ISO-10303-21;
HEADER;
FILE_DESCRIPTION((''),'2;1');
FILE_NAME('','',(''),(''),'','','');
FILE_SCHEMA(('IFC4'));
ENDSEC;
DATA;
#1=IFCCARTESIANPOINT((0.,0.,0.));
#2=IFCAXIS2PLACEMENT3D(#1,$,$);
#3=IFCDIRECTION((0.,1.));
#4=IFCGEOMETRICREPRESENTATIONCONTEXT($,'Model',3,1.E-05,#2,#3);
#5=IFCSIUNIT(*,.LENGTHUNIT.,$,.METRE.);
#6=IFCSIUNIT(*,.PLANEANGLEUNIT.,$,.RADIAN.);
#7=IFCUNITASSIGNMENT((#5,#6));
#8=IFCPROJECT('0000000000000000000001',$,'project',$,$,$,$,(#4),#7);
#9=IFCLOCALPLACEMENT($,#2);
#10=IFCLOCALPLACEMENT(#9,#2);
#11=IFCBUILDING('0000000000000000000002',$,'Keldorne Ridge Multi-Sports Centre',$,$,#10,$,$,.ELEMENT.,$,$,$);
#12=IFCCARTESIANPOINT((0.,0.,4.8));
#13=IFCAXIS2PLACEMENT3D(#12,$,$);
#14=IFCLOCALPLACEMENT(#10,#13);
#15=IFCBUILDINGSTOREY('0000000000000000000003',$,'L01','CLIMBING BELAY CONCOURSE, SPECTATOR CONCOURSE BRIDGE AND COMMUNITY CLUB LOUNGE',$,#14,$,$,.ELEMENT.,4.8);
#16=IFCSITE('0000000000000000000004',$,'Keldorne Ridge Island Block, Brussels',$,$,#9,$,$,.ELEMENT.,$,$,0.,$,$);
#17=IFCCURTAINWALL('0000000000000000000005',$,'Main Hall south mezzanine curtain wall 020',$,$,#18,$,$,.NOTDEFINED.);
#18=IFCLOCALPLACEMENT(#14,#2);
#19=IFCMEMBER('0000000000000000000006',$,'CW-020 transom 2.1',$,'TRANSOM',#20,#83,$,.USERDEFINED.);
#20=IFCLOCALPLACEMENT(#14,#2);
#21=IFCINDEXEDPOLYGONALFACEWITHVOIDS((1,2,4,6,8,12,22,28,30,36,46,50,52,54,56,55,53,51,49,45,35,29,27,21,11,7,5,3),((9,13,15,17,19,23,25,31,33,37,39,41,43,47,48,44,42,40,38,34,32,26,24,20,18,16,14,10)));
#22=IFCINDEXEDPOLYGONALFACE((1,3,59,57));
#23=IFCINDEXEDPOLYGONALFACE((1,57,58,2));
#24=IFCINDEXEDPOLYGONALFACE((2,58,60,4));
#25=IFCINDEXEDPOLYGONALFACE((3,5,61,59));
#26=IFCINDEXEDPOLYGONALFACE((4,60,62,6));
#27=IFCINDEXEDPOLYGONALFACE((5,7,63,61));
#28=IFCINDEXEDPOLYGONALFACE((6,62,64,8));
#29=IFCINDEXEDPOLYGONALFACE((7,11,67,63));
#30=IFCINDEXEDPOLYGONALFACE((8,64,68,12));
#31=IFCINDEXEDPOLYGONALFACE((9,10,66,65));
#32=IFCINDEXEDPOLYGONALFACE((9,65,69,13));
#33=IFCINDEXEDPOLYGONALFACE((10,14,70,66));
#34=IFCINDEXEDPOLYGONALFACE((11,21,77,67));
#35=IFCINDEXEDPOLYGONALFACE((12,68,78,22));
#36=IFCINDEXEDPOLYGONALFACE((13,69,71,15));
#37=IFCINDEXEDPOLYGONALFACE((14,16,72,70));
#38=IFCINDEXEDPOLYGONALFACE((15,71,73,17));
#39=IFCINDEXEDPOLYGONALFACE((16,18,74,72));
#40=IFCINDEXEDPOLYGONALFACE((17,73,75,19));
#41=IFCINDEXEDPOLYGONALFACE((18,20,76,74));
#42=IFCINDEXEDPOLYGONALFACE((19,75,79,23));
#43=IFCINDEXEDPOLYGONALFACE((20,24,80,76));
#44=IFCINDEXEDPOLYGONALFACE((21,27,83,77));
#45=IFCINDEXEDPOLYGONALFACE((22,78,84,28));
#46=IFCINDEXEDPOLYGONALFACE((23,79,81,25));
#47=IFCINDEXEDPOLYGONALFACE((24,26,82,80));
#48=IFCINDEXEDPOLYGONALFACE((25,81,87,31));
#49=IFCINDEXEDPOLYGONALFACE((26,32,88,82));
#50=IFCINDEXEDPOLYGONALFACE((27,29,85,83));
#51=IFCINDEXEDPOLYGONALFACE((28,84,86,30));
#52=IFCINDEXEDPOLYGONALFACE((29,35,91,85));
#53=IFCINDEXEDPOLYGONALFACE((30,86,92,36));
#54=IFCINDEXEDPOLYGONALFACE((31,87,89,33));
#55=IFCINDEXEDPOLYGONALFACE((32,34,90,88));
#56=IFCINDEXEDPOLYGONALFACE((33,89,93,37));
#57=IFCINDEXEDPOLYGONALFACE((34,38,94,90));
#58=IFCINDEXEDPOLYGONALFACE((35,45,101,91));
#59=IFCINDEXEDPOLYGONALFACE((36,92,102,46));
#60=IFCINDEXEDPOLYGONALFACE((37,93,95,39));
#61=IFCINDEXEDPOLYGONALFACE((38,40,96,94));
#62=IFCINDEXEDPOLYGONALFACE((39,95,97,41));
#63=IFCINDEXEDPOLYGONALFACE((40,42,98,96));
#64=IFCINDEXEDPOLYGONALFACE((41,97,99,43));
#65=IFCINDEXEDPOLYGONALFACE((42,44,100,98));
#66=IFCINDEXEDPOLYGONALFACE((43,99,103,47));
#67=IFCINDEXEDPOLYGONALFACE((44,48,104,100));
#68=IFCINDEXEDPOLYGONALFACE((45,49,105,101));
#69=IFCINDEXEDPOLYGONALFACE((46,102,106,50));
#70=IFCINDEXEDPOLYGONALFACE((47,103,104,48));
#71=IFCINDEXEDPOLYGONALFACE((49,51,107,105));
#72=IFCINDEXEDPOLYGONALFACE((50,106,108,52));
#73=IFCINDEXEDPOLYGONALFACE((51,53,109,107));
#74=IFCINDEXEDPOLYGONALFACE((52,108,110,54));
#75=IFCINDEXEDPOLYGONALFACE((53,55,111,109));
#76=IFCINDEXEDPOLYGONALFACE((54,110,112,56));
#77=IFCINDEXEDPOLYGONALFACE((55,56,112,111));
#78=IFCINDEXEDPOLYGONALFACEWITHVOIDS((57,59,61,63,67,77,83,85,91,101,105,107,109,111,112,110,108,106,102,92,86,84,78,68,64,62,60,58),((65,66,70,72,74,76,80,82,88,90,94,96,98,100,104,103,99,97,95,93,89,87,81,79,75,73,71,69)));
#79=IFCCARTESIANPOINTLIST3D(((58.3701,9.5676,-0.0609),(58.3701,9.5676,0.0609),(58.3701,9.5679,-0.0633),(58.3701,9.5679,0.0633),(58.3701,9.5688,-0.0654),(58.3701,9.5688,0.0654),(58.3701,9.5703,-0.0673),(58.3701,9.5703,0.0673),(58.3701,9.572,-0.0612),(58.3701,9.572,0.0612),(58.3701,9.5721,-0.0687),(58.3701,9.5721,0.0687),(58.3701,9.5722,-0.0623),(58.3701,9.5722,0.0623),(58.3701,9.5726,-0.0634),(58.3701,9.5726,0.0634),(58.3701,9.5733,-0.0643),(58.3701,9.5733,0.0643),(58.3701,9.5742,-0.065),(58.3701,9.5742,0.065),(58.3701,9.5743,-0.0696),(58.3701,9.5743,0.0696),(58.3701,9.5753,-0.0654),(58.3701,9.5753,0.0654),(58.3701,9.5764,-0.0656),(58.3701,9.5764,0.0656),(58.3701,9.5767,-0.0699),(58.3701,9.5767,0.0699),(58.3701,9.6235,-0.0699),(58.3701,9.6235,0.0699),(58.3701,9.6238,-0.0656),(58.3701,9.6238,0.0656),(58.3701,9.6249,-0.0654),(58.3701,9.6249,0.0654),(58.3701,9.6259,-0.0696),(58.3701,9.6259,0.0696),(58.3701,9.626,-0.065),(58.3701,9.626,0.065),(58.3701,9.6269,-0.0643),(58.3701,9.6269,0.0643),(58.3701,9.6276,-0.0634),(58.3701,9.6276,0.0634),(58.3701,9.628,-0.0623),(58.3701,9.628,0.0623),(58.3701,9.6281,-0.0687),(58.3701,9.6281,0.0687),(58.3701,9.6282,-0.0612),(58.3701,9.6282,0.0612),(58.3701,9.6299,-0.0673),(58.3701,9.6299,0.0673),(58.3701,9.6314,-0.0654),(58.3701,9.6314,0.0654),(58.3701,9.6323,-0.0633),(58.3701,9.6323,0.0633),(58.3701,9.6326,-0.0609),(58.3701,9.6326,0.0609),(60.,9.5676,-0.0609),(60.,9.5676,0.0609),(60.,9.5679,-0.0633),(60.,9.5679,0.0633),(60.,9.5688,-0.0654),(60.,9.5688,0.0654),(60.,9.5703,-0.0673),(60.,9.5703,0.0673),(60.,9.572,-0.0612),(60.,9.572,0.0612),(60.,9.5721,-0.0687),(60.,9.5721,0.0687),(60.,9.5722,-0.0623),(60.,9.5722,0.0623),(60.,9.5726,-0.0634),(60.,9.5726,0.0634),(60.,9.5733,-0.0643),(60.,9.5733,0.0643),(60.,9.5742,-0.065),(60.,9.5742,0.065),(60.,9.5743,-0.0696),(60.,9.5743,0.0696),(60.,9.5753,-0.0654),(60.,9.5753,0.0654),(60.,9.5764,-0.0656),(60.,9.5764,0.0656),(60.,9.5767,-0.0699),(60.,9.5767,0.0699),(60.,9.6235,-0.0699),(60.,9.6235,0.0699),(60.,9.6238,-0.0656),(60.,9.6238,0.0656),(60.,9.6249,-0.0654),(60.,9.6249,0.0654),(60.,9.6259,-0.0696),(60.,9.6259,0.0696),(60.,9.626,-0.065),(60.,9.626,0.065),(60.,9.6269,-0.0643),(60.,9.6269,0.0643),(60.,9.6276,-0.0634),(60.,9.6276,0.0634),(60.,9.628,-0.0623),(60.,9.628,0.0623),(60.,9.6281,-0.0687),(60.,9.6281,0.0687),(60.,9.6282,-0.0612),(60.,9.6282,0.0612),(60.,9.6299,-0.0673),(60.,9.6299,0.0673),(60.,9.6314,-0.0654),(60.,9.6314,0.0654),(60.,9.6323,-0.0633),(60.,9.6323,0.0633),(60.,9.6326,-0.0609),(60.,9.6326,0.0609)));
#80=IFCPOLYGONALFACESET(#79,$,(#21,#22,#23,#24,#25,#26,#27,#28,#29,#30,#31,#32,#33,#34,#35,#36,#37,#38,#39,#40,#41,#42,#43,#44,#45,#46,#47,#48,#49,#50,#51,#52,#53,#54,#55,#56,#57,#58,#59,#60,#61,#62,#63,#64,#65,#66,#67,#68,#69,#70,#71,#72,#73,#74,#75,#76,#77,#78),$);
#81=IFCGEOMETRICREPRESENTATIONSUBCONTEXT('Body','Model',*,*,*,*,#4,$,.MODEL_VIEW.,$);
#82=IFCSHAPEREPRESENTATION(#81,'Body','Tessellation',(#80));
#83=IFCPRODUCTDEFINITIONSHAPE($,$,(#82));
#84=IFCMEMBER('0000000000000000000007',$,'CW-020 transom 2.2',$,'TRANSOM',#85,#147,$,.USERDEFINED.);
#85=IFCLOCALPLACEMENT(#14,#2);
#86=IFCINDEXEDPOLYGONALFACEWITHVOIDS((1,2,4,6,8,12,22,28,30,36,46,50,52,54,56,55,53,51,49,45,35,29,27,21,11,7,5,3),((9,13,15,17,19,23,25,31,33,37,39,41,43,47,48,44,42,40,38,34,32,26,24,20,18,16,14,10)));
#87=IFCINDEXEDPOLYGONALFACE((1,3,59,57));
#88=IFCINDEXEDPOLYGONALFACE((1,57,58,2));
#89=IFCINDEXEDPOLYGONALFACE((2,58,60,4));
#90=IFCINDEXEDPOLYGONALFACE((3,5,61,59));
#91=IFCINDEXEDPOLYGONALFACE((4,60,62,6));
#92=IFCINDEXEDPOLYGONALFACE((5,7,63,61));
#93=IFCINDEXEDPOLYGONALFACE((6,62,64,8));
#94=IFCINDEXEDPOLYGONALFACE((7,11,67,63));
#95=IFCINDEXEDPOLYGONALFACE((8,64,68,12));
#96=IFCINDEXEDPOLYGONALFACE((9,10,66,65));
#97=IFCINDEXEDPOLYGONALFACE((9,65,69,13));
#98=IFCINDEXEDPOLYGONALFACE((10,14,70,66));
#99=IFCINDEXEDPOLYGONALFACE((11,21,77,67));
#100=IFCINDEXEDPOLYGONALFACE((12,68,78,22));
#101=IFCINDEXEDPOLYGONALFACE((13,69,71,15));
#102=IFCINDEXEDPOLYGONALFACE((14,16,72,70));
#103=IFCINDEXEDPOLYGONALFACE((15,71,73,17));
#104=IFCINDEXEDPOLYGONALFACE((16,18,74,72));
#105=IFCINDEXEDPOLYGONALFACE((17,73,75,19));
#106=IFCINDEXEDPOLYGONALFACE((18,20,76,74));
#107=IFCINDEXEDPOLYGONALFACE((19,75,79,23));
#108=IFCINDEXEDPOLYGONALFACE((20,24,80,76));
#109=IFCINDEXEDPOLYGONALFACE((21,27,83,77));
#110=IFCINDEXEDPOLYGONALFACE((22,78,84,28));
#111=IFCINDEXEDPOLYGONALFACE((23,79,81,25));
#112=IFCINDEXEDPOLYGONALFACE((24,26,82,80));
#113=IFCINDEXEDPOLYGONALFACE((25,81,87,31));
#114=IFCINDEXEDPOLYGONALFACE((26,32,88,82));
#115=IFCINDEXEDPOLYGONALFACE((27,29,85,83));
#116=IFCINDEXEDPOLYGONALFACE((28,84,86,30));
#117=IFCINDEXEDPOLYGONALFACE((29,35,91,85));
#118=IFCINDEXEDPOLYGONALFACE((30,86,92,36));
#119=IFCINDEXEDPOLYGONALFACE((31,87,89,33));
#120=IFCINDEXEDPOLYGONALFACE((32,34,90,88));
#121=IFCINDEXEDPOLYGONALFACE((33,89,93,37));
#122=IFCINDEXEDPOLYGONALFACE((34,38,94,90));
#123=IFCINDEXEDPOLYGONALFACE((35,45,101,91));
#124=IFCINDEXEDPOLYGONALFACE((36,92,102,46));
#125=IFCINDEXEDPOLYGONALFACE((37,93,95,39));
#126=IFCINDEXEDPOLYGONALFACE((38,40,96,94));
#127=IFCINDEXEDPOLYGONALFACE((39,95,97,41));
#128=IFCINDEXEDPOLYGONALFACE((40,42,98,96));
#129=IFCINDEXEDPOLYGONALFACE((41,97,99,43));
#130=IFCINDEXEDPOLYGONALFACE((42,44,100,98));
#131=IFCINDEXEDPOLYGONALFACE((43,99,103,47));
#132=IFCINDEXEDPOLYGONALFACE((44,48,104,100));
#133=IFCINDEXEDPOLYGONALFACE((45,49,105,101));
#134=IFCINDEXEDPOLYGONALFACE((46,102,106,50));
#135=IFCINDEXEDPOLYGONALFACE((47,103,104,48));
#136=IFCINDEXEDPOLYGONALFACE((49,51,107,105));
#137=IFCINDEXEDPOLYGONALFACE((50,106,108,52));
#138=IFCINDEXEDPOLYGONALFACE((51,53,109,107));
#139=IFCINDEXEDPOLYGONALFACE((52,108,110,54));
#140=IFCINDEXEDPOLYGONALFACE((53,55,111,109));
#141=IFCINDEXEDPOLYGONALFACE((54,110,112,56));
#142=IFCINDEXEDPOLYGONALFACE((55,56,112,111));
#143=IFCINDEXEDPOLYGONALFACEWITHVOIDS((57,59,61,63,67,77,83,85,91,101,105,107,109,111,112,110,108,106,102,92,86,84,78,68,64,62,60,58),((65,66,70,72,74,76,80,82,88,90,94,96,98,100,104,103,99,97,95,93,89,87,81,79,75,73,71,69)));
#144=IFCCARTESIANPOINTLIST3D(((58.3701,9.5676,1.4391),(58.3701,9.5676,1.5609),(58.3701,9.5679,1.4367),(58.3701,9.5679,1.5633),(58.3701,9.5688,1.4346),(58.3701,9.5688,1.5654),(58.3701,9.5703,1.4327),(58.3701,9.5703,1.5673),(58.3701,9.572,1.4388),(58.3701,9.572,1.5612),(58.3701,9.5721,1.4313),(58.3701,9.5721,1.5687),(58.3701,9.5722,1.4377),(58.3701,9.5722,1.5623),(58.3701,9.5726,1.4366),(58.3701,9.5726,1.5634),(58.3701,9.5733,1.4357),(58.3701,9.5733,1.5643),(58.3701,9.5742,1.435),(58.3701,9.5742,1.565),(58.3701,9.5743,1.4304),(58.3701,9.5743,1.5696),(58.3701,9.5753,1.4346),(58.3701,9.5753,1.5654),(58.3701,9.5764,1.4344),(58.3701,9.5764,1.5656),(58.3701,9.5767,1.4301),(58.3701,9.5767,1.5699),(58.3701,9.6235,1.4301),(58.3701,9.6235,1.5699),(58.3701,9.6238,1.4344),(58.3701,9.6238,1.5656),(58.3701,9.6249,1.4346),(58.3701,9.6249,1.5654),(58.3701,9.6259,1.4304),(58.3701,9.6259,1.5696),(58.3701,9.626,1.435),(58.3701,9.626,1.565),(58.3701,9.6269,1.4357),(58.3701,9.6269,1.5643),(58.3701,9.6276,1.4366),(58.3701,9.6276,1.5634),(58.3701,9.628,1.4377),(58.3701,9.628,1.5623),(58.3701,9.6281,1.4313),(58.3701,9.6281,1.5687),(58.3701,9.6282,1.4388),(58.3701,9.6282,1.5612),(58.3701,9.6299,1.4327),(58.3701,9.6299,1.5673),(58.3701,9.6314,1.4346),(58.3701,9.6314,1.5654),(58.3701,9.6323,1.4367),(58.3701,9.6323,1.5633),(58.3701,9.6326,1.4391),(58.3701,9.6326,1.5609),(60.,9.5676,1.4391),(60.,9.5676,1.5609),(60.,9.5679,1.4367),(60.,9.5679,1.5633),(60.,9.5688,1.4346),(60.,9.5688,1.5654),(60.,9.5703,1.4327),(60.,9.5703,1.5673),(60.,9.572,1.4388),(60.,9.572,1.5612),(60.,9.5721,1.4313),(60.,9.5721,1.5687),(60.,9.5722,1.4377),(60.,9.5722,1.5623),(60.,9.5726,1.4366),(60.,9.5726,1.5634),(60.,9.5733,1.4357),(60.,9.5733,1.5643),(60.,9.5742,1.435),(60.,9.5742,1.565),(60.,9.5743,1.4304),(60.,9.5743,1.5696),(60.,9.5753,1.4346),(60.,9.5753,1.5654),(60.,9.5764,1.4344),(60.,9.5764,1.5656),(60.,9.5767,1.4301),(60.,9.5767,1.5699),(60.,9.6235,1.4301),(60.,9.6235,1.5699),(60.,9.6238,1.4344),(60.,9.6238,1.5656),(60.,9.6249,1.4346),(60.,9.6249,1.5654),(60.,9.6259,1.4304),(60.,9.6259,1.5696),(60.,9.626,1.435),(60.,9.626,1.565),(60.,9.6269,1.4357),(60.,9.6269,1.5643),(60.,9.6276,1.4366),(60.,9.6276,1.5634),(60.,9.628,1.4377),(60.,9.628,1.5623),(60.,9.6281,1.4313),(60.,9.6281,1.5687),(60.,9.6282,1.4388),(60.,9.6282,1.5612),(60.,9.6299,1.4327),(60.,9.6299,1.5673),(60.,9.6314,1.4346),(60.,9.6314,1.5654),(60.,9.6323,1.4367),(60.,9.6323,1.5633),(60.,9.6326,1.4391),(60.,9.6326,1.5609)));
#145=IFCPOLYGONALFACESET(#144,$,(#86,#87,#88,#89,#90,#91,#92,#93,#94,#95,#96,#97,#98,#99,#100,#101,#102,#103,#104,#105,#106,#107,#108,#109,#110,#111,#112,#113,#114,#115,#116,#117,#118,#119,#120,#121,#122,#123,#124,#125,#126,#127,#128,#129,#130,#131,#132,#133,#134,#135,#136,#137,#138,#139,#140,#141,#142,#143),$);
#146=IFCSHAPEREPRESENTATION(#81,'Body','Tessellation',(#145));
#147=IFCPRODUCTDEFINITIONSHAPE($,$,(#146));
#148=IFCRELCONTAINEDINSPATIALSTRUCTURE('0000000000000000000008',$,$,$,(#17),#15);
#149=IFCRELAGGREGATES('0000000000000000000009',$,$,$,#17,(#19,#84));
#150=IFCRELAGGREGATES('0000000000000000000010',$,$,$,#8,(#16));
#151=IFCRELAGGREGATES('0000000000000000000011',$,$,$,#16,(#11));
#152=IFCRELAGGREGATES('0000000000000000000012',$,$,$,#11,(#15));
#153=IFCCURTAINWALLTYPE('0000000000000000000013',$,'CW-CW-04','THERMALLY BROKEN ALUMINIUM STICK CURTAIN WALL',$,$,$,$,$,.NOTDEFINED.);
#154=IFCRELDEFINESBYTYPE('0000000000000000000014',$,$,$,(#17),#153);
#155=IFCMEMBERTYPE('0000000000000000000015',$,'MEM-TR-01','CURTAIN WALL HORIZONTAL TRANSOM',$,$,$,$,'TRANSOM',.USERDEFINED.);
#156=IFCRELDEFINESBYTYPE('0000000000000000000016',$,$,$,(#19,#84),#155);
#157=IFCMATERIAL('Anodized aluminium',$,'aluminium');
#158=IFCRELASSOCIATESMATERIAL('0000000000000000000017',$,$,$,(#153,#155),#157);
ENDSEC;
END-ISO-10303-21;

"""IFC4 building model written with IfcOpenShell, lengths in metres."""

from ifc_helpers import new_model, si_unit, direction, frame, origin, origin_2d, place, context, subcontext, project, spatial, hollow_rectangle, extrude, material, material_profile, profile_set, type_object, element, aggregate, save


model = new_model("IFC4")

# Units and contexts
model_context = context("Model", 3, precision=1e-05, world=origin(), true_north=direction((0.0, 1.0)))
body_context = subcontext(model_context, "Body", "Model", "MODEL_VIEW")
ifc_project = project(units=[si_unit("LENGTHUNIT", "METRE"), si_unit("PLANEANGLEUNIT", "RADIAN")], contexts=[model_context])

# Site, building, storey
site_placement = place(None, origin())
site = spatial("IfcSite", under=ifc_project, at=site_placement, Name="Keldorne Ridge Island Block, Brussels", CompositionType="ELEMENT", RefElevation=0.0)
building_placement = place(site_placement, origin())
building = spatial("IfcBuilding", under=site, at=building_placement, Name="Keldorne Ridge Multi-Sports Centre", CompositionType="ELEMENT")
storey_placement = place(building_placement, frame((0.0, 0.0, 4.8)))
storey = spatial("IfcBuildingStorey", under=building, at=storey_placement, Name="L01", Description="CLIMBING BELAY CONCOURSE, SPECTATOR CONCOURSE BRIDGE AND COMMUNITY CLUB LOUNGE", CompositionType="ELEMENT", Elevation=4.8)

# Curtain wall
ifc_material_1 = material(Name="Anodized aluminium", Category="aluminium")
curtain_wall_type_1 = type_object("IfcCurtainWallType", Name="CW-CW-04", Description="THERMALLY BROKEN ALUMINIUM STICK CURTAIN WALL", PredefinedType="NOTDEFINED", material=ifc_material_1)
curtain_wall_1_placement = place(storey_placement, origin())
curtain_wall_1 = element("IfcCurtainWall", 1, at=curtain_wall_1_placement, inside=storey, type_object=curtain_wall_type_1, Name="Main Hall south mezzanine curtain wall 020", PredefinedType="NOTDEFINED")

# Members
ifc_material_profile_1 = material_profile(ifc_material_1, hollow_rectangle(XDim=0.0649, YDim=0.1399, WallThickness=0.0044, InnerFilletRadius=0.0044, OuterFilletRadius=0.009, at=origin_2d()), Name="ALU TRANSOM 140x65x4.5")
ifc_profile_set_1 = profile_set([ifc_material_profile_1], Name="Anodized aluminium")
member_type_1 = type_object("IfcMemberType", Name="MEM-TR-01", Description="CURTAIN WALL HORIZONTAL TRANSOM", ElementType="TRANSOM", PredefinedType="USERDEFINED", material=ifc_profile_set_1)
member_1_placement = place(storey_placement, frame((58.3701, 9.6001, 0.0), z_axis=(1.0, 0.0, 0.0), x_axis=(0.0, 1.0, 0.0)))
member_1 = element("IfcMember", 2, at=member_1_placement, type_object=member_type_1, Name="CW-020 transom 2.1", ObjectType="TRANSOM", PredefinedType="USERDEFINED", context=body_context, shape_type="SweptSolid", body=[
    extrude(hollow_rectangle(XDim=0.0649, YDim=0.1399, WallThickness=0.0044, InnerFilletRadius=0.0044, OuterFilletRadius=0.009, at=origin_2d()), origin(), (0.0, 0.0, 1.0), 1.6299),
])
member_2_placement = place(storey_placement, frame((58.3701, 9.6001, 1.5), z_axis=(1.0, 0.0, 0.0), x_axis=(0.0, 1.0, 0.0)))
member_2 = element("IfcMember", 3, at=member_2_placement, type_object=member_type_1, Name="CW-020 transom 2.2", ObjectType="TRANSOM", PredefinedType="USERDEFINED", context=body_context, shape_type="SweptSolid", body=[
    extrude(hollow_rectangle(XDim=0.0649, YDim=0.1399, WallThickness=0.0044, InnerFilletRadius=0.0044, OuterFilletRadius=0.009, at=origin_2d()), origin(), (0.0, 0.0, 1.0), 1.6299),
])

aggregate(curtain_wall_1, [member_1, member_2])

save(model, "model.ifc")
